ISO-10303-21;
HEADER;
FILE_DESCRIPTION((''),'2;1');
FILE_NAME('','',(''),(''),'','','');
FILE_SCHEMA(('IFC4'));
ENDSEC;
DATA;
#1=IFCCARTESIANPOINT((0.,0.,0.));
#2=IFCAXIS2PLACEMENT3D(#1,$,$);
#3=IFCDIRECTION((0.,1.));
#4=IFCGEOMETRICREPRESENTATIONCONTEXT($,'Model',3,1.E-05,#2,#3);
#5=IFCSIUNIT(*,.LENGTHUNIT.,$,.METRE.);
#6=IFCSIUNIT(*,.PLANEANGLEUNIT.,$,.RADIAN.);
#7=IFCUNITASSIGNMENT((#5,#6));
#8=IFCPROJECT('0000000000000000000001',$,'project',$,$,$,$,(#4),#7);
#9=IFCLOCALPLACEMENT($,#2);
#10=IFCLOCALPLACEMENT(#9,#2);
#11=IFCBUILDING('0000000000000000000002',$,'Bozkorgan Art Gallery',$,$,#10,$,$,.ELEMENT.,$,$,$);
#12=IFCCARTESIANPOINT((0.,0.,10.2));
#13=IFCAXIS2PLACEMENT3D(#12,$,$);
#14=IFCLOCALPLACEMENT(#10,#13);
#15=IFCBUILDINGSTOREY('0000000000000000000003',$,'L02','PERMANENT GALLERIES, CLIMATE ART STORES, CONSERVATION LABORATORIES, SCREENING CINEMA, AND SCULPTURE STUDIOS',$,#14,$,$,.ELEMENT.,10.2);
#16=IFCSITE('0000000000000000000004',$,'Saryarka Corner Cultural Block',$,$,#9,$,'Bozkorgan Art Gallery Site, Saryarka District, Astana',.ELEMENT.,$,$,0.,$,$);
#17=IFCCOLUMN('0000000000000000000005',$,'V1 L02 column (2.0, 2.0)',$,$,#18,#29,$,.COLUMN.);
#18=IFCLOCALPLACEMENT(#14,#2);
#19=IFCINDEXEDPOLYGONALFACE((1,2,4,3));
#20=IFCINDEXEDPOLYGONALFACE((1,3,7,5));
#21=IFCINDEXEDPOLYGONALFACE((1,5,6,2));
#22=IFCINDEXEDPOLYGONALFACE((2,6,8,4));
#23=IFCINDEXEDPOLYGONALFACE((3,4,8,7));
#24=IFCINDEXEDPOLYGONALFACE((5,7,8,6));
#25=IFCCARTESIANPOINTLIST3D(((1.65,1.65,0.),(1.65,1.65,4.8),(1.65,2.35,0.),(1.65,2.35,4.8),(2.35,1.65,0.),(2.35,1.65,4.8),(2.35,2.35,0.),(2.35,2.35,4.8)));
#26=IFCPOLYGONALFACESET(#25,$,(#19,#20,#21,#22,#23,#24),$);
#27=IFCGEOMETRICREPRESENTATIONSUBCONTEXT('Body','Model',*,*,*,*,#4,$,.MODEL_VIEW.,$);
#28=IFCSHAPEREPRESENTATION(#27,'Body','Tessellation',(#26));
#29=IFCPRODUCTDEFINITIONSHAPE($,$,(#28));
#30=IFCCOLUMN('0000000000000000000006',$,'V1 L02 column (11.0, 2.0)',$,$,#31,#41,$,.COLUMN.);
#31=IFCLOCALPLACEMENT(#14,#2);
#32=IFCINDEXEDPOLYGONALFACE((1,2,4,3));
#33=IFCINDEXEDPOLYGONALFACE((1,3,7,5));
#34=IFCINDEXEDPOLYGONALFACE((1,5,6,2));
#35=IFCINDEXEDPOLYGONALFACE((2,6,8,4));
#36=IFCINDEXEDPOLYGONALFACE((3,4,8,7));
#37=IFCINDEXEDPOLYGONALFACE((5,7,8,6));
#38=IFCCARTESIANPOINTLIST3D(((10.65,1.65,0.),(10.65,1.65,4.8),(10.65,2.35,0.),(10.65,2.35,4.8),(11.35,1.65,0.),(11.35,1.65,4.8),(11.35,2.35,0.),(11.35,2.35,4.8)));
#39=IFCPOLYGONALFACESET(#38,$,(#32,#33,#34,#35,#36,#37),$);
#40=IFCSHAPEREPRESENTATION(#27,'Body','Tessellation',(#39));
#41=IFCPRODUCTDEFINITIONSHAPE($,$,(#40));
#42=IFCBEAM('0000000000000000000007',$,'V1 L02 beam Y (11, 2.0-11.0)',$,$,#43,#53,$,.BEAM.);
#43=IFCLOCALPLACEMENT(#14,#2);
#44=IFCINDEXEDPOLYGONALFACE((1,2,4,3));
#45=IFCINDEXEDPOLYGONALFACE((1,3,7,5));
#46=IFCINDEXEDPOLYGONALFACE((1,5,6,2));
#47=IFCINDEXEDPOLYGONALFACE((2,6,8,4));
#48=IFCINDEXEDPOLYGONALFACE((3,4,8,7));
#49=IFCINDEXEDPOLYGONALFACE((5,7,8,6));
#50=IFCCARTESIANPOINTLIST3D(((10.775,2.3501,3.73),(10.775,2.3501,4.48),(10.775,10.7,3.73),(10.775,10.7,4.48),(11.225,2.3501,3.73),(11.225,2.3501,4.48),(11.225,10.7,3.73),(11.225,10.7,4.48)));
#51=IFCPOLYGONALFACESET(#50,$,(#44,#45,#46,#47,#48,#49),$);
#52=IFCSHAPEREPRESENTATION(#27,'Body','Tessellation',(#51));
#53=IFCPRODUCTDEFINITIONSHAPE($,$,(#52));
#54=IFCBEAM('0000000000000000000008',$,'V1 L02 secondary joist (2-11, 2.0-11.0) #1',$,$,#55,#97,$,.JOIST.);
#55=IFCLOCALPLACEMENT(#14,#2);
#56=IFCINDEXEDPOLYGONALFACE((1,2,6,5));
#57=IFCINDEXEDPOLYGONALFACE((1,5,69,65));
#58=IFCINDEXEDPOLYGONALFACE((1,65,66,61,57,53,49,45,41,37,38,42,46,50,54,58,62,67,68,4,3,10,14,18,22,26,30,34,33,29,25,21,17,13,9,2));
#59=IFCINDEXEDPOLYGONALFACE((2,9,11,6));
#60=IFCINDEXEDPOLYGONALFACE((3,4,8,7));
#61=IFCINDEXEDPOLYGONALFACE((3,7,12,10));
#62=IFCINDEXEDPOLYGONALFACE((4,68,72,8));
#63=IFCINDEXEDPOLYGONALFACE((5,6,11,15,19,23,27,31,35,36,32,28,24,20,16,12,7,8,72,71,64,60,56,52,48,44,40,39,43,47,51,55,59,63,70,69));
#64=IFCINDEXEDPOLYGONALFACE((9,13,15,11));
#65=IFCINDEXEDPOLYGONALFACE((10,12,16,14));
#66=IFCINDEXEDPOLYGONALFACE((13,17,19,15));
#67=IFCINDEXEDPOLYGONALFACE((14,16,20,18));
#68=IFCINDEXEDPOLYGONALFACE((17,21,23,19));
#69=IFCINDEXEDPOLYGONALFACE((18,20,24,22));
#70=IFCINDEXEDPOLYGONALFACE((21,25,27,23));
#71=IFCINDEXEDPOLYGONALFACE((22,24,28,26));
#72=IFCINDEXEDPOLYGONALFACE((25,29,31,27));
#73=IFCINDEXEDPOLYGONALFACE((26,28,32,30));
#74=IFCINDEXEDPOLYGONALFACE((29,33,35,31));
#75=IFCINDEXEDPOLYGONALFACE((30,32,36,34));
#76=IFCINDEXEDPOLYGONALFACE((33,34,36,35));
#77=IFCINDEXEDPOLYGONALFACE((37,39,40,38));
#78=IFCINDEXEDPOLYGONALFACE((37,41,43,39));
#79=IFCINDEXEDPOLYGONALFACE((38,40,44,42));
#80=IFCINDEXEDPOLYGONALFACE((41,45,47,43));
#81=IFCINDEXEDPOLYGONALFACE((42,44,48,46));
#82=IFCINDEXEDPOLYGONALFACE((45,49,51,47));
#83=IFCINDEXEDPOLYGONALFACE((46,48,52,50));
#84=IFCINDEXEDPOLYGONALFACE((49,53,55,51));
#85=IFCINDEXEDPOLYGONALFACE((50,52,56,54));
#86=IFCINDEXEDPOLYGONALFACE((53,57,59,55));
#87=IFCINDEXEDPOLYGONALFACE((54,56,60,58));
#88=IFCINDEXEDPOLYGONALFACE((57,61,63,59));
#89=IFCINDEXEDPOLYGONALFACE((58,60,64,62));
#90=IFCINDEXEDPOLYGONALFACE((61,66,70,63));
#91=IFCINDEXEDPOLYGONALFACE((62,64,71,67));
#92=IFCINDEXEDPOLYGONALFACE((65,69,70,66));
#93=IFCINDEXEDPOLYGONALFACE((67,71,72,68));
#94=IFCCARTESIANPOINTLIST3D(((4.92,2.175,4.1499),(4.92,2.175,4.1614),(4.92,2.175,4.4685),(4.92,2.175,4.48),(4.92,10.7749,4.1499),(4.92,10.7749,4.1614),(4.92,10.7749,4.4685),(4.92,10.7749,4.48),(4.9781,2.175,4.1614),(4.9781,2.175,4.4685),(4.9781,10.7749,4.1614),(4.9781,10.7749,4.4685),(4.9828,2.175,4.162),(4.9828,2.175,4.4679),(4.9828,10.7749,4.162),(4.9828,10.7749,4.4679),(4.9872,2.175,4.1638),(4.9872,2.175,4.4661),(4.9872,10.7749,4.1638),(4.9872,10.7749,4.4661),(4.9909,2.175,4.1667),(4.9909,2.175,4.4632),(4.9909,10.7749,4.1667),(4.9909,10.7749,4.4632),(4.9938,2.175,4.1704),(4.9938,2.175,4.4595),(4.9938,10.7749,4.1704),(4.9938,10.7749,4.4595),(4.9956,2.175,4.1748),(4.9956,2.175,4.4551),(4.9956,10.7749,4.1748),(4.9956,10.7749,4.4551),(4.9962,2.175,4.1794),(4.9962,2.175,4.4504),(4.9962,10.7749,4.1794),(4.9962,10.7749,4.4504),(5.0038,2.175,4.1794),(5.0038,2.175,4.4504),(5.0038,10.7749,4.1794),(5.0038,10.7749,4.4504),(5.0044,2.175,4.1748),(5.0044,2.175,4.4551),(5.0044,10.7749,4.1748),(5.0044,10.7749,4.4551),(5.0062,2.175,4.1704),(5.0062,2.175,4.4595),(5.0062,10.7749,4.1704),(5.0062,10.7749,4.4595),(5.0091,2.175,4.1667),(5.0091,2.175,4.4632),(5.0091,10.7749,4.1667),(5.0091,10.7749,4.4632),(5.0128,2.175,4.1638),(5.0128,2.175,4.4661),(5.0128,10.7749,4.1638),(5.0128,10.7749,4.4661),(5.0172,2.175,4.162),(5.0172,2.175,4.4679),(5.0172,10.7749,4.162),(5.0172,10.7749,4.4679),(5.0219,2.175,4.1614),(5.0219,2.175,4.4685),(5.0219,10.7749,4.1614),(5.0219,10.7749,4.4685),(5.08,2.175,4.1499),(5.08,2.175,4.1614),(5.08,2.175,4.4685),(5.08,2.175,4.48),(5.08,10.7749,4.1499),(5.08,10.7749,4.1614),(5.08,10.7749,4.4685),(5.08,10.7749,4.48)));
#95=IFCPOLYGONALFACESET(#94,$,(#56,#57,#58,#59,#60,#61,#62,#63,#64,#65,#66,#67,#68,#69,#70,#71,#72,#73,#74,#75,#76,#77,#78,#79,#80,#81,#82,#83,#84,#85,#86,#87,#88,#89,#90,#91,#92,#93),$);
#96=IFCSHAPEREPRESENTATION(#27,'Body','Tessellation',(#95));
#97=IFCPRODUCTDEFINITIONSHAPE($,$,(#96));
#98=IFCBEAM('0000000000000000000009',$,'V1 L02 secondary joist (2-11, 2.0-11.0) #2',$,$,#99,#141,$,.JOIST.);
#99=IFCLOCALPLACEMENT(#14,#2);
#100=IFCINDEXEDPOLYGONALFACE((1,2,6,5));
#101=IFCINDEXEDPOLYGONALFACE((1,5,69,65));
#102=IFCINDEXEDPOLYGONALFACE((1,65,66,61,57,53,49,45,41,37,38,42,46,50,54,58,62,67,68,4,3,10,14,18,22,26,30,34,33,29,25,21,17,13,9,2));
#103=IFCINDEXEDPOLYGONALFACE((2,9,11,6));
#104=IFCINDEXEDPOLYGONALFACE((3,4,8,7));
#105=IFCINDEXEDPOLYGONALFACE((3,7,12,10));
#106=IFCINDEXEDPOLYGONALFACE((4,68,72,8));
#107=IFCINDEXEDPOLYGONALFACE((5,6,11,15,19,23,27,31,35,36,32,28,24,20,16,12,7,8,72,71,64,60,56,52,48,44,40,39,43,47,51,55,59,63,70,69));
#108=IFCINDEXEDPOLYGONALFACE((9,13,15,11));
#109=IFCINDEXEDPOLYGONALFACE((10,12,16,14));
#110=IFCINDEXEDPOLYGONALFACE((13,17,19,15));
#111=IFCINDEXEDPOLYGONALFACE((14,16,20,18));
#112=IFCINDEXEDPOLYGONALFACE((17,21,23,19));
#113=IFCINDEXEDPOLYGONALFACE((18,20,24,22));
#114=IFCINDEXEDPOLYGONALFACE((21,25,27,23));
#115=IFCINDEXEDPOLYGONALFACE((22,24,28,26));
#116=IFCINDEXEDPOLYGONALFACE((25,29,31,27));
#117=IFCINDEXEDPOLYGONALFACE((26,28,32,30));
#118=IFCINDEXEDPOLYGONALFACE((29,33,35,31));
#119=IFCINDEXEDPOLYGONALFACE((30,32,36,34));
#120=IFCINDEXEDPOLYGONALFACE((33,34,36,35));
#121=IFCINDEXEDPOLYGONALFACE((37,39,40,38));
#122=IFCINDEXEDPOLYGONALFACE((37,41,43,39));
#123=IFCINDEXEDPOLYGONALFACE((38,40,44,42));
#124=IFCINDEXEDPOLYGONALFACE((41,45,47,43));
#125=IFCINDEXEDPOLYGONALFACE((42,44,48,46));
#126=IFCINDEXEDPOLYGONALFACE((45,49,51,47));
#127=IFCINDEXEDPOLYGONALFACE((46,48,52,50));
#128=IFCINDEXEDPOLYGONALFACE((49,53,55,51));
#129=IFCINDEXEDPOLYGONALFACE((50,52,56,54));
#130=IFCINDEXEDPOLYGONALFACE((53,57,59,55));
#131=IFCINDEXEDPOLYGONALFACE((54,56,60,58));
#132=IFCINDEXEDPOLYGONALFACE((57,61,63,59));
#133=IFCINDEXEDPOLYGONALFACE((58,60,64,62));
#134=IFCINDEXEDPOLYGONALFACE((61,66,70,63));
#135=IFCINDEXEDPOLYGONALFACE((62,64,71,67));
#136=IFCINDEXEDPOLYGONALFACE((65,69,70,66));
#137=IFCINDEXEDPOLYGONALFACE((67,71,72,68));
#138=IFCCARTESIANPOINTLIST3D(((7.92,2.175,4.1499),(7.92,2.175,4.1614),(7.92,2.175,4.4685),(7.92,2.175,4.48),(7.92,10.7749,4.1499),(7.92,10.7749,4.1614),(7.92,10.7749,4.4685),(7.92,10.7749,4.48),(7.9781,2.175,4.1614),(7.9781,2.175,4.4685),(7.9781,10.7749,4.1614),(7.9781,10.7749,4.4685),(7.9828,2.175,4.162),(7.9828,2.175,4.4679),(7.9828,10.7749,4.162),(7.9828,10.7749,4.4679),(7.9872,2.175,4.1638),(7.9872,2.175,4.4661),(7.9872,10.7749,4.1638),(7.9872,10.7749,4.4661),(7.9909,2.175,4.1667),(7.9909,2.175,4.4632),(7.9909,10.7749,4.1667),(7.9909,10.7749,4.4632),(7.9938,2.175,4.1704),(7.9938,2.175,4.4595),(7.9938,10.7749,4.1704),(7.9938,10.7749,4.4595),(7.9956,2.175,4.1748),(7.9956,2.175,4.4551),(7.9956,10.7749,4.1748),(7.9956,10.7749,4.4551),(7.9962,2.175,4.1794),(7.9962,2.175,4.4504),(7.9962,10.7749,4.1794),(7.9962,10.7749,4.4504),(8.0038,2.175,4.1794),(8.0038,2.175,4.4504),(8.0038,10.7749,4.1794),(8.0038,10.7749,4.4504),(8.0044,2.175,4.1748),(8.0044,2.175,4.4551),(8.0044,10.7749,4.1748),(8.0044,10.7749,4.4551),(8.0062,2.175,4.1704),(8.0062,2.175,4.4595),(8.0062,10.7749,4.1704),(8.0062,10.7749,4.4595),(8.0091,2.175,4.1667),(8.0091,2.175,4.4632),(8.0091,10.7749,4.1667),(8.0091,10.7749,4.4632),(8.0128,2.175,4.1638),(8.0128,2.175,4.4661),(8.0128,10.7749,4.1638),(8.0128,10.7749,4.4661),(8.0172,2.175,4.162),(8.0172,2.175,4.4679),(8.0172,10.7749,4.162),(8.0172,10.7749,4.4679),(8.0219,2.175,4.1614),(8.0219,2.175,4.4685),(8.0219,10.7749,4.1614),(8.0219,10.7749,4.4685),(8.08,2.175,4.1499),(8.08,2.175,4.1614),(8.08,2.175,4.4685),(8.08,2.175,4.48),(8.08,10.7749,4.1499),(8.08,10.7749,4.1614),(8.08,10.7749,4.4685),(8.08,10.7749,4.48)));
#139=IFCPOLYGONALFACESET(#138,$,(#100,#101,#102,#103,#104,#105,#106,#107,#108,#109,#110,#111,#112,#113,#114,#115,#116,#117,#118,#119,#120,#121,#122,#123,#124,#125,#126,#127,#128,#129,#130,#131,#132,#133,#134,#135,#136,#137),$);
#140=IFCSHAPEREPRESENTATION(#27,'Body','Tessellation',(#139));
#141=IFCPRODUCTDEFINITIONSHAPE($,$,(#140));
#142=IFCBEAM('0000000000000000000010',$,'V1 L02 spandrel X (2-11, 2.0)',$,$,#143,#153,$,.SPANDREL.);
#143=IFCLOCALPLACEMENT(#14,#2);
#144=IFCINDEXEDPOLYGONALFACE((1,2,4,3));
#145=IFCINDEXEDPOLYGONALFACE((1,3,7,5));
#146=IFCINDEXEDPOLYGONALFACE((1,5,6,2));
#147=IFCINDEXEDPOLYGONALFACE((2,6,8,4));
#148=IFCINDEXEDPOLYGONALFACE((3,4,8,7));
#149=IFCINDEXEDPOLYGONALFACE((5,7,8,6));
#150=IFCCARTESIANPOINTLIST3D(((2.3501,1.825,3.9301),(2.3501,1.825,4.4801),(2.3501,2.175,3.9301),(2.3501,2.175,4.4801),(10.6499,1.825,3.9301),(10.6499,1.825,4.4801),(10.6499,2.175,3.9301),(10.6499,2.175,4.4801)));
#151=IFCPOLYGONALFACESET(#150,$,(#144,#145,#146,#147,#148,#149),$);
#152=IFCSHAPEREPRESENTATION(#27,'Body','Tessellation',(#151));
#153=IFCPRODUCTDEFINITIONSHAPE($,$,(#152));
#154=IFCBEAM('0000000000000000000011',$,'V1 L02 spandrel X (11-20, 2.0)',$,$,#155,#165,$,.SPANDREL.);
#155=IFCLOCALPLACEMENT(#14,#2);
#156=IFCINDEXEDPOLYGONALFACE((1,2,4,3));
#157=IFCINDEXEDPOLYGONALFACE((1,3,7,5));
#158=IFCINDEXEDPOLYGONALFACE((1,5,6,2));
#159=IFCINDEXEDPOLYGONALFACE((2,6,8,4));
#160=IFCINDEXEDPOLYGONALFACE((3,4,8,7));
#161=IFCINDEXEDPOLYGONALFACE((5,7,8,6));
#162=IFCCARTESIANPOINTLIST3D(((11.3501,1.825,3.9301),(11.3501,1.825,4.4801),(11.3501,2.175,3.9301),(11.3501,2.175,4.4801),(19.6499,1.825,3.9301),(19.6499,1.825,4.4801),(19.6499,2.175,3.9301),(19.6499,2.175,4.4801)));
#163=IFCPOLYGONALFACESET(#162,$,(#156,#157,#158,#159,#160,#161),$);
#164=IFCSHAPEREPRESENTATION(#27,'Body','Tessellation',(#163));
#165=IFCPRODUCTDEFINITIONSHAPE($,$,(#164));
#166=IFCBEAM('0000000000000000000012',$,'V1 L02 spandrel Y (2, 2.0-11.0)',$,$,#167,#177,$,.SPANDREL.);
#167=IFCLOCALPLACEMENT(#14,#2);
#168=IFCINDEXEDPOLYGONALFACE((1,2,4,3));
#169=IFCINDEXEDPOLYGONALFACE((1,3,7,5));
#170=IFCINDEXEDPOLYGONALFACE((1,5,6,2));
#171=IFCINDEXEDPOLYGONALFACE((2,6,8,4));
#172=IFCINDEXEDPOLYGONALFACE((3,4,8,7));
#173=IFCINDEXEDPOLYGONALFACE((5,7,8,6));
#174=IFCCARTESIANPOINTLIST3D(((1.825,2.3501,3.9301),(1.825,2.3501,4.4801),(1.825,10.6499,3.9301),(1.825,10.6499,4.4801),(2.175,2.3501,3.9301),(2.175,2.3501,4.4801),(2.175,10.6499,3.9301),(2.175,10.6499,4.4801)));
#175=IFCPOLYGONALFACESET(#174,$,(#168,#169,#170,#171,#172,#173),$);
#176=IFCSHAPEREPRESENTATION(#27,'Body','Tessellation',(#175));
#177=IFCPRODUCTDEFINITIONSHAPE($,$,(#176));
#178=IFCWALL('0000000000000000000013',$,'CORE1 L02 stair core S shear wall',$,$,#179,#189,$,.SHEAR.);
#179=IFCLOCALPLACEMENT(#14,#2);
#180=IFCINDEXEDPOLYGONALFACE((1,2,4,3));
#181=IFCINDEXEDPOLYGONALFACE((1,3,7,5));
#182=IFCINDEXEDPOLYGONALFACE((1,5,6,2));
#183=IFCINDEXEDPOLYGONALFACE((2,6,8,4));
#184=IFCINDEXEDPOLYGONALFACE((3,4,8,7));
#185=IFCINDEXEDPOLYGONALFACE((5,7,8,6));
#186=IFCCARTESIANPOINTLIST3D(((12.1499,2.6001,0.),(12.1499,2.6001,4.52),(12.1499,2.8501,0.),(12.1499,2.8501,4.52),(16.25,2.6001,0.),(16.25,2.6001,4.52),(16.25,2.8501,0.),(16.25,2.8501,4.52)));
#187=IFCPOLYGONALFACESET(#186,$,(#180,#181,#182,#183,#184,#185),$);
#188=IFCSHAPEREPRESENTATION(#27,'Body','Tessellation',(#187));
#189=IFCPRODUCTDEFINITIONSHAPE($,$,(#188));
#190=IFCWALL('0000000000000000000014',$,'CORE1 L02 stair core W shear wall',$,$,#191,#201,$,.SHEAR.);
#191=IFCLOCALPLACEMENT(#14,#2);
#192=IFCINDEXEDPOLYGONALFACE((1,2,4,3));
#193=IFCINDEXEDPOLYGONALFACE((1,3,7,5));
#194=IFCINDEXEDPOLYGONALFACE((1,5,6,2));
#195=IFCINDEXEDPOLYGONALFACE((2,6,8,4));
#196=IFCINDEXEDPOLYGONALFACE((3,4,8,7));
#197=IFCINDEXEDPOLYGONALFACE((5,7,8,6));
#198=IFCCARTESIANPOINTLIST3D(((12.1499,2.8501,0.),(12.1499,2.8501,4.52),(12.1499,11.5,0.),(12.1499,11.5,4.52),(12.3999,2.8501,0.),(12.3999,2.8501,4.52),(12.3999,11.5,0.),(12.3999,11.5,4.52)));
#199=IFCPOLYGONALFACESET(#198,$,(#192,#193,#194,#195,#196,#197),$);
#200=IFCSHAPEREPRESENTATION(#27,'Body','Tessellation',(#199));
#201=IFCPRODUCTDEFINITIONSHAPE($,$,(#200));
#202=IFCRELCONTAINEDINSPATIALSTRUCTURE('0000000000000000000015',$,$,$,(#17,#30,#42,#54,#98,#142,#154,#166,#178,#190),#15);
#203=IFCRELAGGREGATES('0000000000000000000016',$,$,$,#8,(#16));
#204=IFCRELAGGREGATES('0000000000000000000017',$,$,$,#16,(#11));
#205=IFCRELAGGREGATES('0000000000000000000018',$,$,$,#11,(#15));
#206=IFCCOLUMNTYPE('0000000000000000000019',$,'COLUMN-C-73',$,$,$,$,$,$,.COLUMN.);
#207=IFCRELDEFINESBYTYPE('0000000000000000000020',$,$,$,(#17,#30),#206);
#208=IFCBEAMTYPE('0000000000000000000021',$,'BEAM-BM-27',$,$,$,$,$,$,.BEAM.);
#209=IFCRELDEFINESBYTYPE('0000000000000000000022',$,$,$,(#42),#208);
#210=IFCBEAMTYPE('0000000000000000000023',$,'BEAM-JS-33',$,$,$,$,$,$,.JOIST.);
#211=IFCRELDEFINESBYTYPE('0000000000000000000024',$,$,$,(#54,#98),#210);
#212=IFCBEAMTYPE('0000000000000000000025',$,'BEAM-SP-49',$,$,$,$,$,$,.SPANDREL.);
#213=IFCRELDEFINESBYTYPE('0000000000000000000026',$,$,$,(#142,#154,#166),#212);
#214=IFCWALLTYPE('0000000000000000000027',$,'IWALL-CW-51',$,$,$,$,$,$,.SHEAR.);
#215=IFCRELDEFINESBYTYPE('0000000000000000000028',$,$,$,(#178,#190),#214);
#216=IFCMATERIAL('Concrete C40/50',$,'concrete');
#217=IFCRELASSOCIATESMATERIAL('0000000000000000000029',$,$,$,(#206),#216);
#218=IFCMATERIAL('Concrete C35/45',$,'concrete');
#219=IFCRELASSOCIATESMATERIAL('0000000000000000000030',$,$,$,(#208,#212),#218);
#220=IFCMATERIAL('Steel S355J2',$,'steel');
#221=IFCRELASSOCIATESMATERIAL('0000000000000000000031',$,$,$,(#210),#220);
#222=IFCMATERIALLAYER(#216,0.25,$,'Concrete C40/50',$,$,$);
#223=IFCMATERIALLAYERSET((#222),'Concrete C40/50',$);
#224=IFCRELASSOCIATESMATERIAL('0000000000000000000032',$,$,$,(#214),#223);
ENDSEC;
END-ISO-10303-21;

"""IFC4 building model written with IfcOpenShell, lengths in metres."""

from ifc_helpers import new_model, si_unit, direction, frame, frame_2d, origin, origin_2d, place, context, subcontext, project, spatial, rectangle, i_section, extrude, material, layer, layer_set, material_profile, profile_set, type_object, element, save


model = new_model("IFC4")

# Units and contexts
model_context = context("Model", 3, precision=1e-05, world=origin(), true_north=direction((0.0, 1.0)))
body_context = subcontext(model_context, "Body", "Model", "MODEL_VIEW")
ifc_project = project(units=[si_unit("LENGTHUNIT", "METRE"), si_unit("PLANEANGLEUNIT", "RADIAN")], contexts=[model_context])

# Site, building, storey
site_placement = place(None, origin())
site = spatial("IfcSite", under=ifc_project, at=site_placement, Name="Saryarka Corner Cultural Block", LongName="Bozkorgan Art Gallery Site, Saryarka District, Astana", CompositionType="ELEMENT", RefElevation=0.0)
building_placement = place(site_placement, origin())
building = spatial("IfcBuilding", under=site, at=building_placement, Name="Bozkorgan Art Gallery", CompositionType="ELEMENT")
storey_placement = place(building_placement, frame((0.0, 0.0, 10.2)))
storey = spatial("IfcBuildingStorey", under=building, at=storey_placement, Name="L02", Description="PERMANENT GALLERIES, CLIMATE ART STORES, CONSERVATION LABORATORIES, SCREENING CINEMA, AND SCULPTURE STUDIOS", CompositionType="ELEMENT", Elevation=10.2)

# Columns
ifc_material_1 = material(Name="Concrete C40/50", Category="concrete")
ifc_material_profile_1 = material_profile(ifc_material_1, rectangle(XDim=0.7, YDim=0.7, at=origin_2d()), Name="RC 700x700")
ifc_profile_set_1 = profile_set([ifc_material_profile_1], Name="Concrete C40/50")
column_type = type_object("IfcColumnType", Name="COLUMN-C-73", PredefinedType="COLUMN", material=ifc_profile_set_1)
for number, where, z_axis, x_axis, name in (
    (1, (2.0, 2.0, 0.0), (0.0, 0.0, 1.0), (1.0, 0.0, 0.0), "V1 L02 column (2.0, 2.0)"),
    (2, (11.0, 2.0, 0.0), (0.0, 0.0, 1.0), (1.0, 0.0, 0.0), "V1 L02 column (11.0, 2.0)"),
):
    element("IfcColumn", number, at=place(storey_placement, frame(where, z_axis=z_axis, x_axis=x_axis)), inside=storey, type_object=column_type, Name=name, PredefinedType="COLUMN", context=body_context, shape_type="SweptSolid", body=[
        extrude(rectangle(XDim=0.7, YDim=0.7, at=origin_2d()), origin(), (0.0, 0.0, 1.0), 4.8),
    ])

# Beams
ifc_material_2 = material(Name="Concrete C35/45", Category="concrete")
ifc_material_profile_2 = material_profile(ifc_material_2, rectangle(XDim=0.45, YDim=0.75, at=origin_2d()), Name="RC 450x750")
ifc_profile_set_2 = profile_set([ifc_material_profile_2], Name="Concrete C35/45")
beam_type_1 = type_object("IfcBeamType", Name="BEAM-BM-27", PredefinedType="BEAM", material=ifc_profile_set_2)
beam_placement = place(storey_placement, frame((11.0, 2.3501, 4.105), z_axis=(0.0, 1.0, 0.0), x_axis=(-1.0, 0.0, 0.0)))
element("IfcBeam", 3, at=beam_placement, inside=storey, type_object=beam_type_1, Name="V1 L02 beam Y (11, 2.0-11.0)", PredefinedType="BEAM", context=body_context, shape_type="SweptSolid", body=[
    extrude(rectangle(XDim=0.45, YDim=0.75, at=origin_2d()), origin(), (0.0, 0.0, 1.0), 8.3499),
])
ifc_material_3 = material(Name="Steel S355J2", Category="steel")
ifc_material_profile_3 = material_profile(ifc_material_3, i_section(OverallWidth=0.1599, OverallDepth=0.3301, WebThickness=0.0076, FlangeThickness=0.0115, FilletRadius=0.0181, at=origin_2d()), Name="IPE 330")
ifc_profile_set_3 = profile_set([ifc_material_profile_3], Name="Steel S355J2")
beam_type_2 = type_object("IfcBeamType", Name="BEAM-JS-33", PredefinedType="JOIST", material=ifc_profile_set_3)
for number, where, z_axis, x_axis, name in (
    (4, (5.0, 2.175, 4.3149), (0.0, 1.0, 0.0), (-1.0, 0.0, 0.0), "V1 L02 secondary joist (2-11, 2.0-11.0) #1"),
    (5, (8.0, 2.175, 4.3149), (0.0, 1.0, 0.0), (-1.0, 0.0, 0.0), "V1 L02 secondary joist (2-11, 2.0-11.0) #2"),
):
    element("IfcBeam", number, at=place(storey_placement, frame(where, z_axis=z_axis, x_axis=x_axis)), inside=storey, type_object=beam_type_2, Name=name, PredefinedType="JOIST", context=body_context, shape_type="SweptSolid", body=[
        extrude(i_section(OverallWidth=0.1599, OverallDepth=0.3301, WebThickness=0.0076, FlangeThickness=0.0115, FilletRadius=0.0181, at=origin_2d()), origin(), (0.0, 0.0, 1.0), 8.5999),
    ])
ifc_material_profile_4 = material_profile(ifc_material_2, rectangle(XDim=0.3501, YDim=0.55, at=origin_2d()), Name="RC 350x550")
ifc_profile_set_4 = profile_set([ifc_material_profile_4], Name="Concrete C35/45")
beam_type_3 = type_object("IfcBeamType", Name="BEAM-SP-49", PredefinedType="SPANDREL", material=ifc_profile_set_4)
for number, where, z_axis, x_axis, name in (
    (6, (2.3501, 2.0, 4.2051), (1.0, 0.0, 0.0), (0.0, 1.0, 0.0), "V1 L02 spandrel X (2-11, 2.0)"),
    (7, (11.3501, 2.0, 4.2051), (1.0, 0.0, 0.0), (0.0, 1.0, 0.0), "V1 L02 spandrel X (11-20, 2.0)"),
    (8, (2.0, 2.3501, 4.2051), (0.0, 1.0, 0.0), (-1.0, 0.0, 0.0), "V1 L02 spandrel Y (2, 2.0-11.0)"),
):
    element("IfcBeam", number, at=place(storey_placement, frame(where, z_axis=z_axis, x_axis=x_axis)), inside=storey, type_object=beam_type_3, Name=name, PredefinedType="SPANDREL", context=body_context, shape_type="SweptSolid", body=[
        extrude(rectangle(XDim=0.3501, YDim=0.55, at=origin_2d()), origin(), (0.0, 0.0, 1.0), 8.2998),
    ])

# Walls
ifc_layer_1 = layer(ifc_material_1, 0.25, Name="Concrete C40/50")
ifc_layer_set_1 = layer_set([ifc_layer_1], Name="Concrete C40/50")
wall_type_1 = type_object("IfcWallType", Name="IWALL-CW-51", PredefinedType="SHEAR", material=ifc_layer_set_1)
wall_1_placement = place(storey_placement, frame((12.1499, 2.7251, 0.0), z_axis=(0.0, 0.0, 1.0), x_axis=(1.0, 0.0, 0.0)))
element("IfcWall", 9, at=wall_1_placement, inside=storey, type_object=wall_type_1, Name="CORE1 L02 stair core S shear wall", PredefinedType="SHEAR", context=body_context, shape_type="SweptSolid", body=[
    extrude(rectangle(XDim=4.1001, YDim=0.25, at=frame_2d((2.05, 0.0))), origin(), (0.0, 0.0, 1.0), 4.52),
])
wall_2_placement = place(storey_placement, frame((12.2749, 2.8501, 0.0), z_axis=(0.0, 0.0, 1.0), x_axis=(0.0, 1.0, 0.0)))
element("IfcWall", 10, at=wall_2_placement, inside=storey, type_object=wall_type_1, Name="CORE1 L02 stair core W shear wall", PredefinedType="SHEAR", context=body_context, shape_type="SweptSolid", body=[
    extrude(rectangle(XDim=8.6499, YDim=0.25, at=frame_2d((4.325, 0.0))), origin(), (0.0, 0.0, 1.0), 4.52),
])

save(model, "model.ifc")
